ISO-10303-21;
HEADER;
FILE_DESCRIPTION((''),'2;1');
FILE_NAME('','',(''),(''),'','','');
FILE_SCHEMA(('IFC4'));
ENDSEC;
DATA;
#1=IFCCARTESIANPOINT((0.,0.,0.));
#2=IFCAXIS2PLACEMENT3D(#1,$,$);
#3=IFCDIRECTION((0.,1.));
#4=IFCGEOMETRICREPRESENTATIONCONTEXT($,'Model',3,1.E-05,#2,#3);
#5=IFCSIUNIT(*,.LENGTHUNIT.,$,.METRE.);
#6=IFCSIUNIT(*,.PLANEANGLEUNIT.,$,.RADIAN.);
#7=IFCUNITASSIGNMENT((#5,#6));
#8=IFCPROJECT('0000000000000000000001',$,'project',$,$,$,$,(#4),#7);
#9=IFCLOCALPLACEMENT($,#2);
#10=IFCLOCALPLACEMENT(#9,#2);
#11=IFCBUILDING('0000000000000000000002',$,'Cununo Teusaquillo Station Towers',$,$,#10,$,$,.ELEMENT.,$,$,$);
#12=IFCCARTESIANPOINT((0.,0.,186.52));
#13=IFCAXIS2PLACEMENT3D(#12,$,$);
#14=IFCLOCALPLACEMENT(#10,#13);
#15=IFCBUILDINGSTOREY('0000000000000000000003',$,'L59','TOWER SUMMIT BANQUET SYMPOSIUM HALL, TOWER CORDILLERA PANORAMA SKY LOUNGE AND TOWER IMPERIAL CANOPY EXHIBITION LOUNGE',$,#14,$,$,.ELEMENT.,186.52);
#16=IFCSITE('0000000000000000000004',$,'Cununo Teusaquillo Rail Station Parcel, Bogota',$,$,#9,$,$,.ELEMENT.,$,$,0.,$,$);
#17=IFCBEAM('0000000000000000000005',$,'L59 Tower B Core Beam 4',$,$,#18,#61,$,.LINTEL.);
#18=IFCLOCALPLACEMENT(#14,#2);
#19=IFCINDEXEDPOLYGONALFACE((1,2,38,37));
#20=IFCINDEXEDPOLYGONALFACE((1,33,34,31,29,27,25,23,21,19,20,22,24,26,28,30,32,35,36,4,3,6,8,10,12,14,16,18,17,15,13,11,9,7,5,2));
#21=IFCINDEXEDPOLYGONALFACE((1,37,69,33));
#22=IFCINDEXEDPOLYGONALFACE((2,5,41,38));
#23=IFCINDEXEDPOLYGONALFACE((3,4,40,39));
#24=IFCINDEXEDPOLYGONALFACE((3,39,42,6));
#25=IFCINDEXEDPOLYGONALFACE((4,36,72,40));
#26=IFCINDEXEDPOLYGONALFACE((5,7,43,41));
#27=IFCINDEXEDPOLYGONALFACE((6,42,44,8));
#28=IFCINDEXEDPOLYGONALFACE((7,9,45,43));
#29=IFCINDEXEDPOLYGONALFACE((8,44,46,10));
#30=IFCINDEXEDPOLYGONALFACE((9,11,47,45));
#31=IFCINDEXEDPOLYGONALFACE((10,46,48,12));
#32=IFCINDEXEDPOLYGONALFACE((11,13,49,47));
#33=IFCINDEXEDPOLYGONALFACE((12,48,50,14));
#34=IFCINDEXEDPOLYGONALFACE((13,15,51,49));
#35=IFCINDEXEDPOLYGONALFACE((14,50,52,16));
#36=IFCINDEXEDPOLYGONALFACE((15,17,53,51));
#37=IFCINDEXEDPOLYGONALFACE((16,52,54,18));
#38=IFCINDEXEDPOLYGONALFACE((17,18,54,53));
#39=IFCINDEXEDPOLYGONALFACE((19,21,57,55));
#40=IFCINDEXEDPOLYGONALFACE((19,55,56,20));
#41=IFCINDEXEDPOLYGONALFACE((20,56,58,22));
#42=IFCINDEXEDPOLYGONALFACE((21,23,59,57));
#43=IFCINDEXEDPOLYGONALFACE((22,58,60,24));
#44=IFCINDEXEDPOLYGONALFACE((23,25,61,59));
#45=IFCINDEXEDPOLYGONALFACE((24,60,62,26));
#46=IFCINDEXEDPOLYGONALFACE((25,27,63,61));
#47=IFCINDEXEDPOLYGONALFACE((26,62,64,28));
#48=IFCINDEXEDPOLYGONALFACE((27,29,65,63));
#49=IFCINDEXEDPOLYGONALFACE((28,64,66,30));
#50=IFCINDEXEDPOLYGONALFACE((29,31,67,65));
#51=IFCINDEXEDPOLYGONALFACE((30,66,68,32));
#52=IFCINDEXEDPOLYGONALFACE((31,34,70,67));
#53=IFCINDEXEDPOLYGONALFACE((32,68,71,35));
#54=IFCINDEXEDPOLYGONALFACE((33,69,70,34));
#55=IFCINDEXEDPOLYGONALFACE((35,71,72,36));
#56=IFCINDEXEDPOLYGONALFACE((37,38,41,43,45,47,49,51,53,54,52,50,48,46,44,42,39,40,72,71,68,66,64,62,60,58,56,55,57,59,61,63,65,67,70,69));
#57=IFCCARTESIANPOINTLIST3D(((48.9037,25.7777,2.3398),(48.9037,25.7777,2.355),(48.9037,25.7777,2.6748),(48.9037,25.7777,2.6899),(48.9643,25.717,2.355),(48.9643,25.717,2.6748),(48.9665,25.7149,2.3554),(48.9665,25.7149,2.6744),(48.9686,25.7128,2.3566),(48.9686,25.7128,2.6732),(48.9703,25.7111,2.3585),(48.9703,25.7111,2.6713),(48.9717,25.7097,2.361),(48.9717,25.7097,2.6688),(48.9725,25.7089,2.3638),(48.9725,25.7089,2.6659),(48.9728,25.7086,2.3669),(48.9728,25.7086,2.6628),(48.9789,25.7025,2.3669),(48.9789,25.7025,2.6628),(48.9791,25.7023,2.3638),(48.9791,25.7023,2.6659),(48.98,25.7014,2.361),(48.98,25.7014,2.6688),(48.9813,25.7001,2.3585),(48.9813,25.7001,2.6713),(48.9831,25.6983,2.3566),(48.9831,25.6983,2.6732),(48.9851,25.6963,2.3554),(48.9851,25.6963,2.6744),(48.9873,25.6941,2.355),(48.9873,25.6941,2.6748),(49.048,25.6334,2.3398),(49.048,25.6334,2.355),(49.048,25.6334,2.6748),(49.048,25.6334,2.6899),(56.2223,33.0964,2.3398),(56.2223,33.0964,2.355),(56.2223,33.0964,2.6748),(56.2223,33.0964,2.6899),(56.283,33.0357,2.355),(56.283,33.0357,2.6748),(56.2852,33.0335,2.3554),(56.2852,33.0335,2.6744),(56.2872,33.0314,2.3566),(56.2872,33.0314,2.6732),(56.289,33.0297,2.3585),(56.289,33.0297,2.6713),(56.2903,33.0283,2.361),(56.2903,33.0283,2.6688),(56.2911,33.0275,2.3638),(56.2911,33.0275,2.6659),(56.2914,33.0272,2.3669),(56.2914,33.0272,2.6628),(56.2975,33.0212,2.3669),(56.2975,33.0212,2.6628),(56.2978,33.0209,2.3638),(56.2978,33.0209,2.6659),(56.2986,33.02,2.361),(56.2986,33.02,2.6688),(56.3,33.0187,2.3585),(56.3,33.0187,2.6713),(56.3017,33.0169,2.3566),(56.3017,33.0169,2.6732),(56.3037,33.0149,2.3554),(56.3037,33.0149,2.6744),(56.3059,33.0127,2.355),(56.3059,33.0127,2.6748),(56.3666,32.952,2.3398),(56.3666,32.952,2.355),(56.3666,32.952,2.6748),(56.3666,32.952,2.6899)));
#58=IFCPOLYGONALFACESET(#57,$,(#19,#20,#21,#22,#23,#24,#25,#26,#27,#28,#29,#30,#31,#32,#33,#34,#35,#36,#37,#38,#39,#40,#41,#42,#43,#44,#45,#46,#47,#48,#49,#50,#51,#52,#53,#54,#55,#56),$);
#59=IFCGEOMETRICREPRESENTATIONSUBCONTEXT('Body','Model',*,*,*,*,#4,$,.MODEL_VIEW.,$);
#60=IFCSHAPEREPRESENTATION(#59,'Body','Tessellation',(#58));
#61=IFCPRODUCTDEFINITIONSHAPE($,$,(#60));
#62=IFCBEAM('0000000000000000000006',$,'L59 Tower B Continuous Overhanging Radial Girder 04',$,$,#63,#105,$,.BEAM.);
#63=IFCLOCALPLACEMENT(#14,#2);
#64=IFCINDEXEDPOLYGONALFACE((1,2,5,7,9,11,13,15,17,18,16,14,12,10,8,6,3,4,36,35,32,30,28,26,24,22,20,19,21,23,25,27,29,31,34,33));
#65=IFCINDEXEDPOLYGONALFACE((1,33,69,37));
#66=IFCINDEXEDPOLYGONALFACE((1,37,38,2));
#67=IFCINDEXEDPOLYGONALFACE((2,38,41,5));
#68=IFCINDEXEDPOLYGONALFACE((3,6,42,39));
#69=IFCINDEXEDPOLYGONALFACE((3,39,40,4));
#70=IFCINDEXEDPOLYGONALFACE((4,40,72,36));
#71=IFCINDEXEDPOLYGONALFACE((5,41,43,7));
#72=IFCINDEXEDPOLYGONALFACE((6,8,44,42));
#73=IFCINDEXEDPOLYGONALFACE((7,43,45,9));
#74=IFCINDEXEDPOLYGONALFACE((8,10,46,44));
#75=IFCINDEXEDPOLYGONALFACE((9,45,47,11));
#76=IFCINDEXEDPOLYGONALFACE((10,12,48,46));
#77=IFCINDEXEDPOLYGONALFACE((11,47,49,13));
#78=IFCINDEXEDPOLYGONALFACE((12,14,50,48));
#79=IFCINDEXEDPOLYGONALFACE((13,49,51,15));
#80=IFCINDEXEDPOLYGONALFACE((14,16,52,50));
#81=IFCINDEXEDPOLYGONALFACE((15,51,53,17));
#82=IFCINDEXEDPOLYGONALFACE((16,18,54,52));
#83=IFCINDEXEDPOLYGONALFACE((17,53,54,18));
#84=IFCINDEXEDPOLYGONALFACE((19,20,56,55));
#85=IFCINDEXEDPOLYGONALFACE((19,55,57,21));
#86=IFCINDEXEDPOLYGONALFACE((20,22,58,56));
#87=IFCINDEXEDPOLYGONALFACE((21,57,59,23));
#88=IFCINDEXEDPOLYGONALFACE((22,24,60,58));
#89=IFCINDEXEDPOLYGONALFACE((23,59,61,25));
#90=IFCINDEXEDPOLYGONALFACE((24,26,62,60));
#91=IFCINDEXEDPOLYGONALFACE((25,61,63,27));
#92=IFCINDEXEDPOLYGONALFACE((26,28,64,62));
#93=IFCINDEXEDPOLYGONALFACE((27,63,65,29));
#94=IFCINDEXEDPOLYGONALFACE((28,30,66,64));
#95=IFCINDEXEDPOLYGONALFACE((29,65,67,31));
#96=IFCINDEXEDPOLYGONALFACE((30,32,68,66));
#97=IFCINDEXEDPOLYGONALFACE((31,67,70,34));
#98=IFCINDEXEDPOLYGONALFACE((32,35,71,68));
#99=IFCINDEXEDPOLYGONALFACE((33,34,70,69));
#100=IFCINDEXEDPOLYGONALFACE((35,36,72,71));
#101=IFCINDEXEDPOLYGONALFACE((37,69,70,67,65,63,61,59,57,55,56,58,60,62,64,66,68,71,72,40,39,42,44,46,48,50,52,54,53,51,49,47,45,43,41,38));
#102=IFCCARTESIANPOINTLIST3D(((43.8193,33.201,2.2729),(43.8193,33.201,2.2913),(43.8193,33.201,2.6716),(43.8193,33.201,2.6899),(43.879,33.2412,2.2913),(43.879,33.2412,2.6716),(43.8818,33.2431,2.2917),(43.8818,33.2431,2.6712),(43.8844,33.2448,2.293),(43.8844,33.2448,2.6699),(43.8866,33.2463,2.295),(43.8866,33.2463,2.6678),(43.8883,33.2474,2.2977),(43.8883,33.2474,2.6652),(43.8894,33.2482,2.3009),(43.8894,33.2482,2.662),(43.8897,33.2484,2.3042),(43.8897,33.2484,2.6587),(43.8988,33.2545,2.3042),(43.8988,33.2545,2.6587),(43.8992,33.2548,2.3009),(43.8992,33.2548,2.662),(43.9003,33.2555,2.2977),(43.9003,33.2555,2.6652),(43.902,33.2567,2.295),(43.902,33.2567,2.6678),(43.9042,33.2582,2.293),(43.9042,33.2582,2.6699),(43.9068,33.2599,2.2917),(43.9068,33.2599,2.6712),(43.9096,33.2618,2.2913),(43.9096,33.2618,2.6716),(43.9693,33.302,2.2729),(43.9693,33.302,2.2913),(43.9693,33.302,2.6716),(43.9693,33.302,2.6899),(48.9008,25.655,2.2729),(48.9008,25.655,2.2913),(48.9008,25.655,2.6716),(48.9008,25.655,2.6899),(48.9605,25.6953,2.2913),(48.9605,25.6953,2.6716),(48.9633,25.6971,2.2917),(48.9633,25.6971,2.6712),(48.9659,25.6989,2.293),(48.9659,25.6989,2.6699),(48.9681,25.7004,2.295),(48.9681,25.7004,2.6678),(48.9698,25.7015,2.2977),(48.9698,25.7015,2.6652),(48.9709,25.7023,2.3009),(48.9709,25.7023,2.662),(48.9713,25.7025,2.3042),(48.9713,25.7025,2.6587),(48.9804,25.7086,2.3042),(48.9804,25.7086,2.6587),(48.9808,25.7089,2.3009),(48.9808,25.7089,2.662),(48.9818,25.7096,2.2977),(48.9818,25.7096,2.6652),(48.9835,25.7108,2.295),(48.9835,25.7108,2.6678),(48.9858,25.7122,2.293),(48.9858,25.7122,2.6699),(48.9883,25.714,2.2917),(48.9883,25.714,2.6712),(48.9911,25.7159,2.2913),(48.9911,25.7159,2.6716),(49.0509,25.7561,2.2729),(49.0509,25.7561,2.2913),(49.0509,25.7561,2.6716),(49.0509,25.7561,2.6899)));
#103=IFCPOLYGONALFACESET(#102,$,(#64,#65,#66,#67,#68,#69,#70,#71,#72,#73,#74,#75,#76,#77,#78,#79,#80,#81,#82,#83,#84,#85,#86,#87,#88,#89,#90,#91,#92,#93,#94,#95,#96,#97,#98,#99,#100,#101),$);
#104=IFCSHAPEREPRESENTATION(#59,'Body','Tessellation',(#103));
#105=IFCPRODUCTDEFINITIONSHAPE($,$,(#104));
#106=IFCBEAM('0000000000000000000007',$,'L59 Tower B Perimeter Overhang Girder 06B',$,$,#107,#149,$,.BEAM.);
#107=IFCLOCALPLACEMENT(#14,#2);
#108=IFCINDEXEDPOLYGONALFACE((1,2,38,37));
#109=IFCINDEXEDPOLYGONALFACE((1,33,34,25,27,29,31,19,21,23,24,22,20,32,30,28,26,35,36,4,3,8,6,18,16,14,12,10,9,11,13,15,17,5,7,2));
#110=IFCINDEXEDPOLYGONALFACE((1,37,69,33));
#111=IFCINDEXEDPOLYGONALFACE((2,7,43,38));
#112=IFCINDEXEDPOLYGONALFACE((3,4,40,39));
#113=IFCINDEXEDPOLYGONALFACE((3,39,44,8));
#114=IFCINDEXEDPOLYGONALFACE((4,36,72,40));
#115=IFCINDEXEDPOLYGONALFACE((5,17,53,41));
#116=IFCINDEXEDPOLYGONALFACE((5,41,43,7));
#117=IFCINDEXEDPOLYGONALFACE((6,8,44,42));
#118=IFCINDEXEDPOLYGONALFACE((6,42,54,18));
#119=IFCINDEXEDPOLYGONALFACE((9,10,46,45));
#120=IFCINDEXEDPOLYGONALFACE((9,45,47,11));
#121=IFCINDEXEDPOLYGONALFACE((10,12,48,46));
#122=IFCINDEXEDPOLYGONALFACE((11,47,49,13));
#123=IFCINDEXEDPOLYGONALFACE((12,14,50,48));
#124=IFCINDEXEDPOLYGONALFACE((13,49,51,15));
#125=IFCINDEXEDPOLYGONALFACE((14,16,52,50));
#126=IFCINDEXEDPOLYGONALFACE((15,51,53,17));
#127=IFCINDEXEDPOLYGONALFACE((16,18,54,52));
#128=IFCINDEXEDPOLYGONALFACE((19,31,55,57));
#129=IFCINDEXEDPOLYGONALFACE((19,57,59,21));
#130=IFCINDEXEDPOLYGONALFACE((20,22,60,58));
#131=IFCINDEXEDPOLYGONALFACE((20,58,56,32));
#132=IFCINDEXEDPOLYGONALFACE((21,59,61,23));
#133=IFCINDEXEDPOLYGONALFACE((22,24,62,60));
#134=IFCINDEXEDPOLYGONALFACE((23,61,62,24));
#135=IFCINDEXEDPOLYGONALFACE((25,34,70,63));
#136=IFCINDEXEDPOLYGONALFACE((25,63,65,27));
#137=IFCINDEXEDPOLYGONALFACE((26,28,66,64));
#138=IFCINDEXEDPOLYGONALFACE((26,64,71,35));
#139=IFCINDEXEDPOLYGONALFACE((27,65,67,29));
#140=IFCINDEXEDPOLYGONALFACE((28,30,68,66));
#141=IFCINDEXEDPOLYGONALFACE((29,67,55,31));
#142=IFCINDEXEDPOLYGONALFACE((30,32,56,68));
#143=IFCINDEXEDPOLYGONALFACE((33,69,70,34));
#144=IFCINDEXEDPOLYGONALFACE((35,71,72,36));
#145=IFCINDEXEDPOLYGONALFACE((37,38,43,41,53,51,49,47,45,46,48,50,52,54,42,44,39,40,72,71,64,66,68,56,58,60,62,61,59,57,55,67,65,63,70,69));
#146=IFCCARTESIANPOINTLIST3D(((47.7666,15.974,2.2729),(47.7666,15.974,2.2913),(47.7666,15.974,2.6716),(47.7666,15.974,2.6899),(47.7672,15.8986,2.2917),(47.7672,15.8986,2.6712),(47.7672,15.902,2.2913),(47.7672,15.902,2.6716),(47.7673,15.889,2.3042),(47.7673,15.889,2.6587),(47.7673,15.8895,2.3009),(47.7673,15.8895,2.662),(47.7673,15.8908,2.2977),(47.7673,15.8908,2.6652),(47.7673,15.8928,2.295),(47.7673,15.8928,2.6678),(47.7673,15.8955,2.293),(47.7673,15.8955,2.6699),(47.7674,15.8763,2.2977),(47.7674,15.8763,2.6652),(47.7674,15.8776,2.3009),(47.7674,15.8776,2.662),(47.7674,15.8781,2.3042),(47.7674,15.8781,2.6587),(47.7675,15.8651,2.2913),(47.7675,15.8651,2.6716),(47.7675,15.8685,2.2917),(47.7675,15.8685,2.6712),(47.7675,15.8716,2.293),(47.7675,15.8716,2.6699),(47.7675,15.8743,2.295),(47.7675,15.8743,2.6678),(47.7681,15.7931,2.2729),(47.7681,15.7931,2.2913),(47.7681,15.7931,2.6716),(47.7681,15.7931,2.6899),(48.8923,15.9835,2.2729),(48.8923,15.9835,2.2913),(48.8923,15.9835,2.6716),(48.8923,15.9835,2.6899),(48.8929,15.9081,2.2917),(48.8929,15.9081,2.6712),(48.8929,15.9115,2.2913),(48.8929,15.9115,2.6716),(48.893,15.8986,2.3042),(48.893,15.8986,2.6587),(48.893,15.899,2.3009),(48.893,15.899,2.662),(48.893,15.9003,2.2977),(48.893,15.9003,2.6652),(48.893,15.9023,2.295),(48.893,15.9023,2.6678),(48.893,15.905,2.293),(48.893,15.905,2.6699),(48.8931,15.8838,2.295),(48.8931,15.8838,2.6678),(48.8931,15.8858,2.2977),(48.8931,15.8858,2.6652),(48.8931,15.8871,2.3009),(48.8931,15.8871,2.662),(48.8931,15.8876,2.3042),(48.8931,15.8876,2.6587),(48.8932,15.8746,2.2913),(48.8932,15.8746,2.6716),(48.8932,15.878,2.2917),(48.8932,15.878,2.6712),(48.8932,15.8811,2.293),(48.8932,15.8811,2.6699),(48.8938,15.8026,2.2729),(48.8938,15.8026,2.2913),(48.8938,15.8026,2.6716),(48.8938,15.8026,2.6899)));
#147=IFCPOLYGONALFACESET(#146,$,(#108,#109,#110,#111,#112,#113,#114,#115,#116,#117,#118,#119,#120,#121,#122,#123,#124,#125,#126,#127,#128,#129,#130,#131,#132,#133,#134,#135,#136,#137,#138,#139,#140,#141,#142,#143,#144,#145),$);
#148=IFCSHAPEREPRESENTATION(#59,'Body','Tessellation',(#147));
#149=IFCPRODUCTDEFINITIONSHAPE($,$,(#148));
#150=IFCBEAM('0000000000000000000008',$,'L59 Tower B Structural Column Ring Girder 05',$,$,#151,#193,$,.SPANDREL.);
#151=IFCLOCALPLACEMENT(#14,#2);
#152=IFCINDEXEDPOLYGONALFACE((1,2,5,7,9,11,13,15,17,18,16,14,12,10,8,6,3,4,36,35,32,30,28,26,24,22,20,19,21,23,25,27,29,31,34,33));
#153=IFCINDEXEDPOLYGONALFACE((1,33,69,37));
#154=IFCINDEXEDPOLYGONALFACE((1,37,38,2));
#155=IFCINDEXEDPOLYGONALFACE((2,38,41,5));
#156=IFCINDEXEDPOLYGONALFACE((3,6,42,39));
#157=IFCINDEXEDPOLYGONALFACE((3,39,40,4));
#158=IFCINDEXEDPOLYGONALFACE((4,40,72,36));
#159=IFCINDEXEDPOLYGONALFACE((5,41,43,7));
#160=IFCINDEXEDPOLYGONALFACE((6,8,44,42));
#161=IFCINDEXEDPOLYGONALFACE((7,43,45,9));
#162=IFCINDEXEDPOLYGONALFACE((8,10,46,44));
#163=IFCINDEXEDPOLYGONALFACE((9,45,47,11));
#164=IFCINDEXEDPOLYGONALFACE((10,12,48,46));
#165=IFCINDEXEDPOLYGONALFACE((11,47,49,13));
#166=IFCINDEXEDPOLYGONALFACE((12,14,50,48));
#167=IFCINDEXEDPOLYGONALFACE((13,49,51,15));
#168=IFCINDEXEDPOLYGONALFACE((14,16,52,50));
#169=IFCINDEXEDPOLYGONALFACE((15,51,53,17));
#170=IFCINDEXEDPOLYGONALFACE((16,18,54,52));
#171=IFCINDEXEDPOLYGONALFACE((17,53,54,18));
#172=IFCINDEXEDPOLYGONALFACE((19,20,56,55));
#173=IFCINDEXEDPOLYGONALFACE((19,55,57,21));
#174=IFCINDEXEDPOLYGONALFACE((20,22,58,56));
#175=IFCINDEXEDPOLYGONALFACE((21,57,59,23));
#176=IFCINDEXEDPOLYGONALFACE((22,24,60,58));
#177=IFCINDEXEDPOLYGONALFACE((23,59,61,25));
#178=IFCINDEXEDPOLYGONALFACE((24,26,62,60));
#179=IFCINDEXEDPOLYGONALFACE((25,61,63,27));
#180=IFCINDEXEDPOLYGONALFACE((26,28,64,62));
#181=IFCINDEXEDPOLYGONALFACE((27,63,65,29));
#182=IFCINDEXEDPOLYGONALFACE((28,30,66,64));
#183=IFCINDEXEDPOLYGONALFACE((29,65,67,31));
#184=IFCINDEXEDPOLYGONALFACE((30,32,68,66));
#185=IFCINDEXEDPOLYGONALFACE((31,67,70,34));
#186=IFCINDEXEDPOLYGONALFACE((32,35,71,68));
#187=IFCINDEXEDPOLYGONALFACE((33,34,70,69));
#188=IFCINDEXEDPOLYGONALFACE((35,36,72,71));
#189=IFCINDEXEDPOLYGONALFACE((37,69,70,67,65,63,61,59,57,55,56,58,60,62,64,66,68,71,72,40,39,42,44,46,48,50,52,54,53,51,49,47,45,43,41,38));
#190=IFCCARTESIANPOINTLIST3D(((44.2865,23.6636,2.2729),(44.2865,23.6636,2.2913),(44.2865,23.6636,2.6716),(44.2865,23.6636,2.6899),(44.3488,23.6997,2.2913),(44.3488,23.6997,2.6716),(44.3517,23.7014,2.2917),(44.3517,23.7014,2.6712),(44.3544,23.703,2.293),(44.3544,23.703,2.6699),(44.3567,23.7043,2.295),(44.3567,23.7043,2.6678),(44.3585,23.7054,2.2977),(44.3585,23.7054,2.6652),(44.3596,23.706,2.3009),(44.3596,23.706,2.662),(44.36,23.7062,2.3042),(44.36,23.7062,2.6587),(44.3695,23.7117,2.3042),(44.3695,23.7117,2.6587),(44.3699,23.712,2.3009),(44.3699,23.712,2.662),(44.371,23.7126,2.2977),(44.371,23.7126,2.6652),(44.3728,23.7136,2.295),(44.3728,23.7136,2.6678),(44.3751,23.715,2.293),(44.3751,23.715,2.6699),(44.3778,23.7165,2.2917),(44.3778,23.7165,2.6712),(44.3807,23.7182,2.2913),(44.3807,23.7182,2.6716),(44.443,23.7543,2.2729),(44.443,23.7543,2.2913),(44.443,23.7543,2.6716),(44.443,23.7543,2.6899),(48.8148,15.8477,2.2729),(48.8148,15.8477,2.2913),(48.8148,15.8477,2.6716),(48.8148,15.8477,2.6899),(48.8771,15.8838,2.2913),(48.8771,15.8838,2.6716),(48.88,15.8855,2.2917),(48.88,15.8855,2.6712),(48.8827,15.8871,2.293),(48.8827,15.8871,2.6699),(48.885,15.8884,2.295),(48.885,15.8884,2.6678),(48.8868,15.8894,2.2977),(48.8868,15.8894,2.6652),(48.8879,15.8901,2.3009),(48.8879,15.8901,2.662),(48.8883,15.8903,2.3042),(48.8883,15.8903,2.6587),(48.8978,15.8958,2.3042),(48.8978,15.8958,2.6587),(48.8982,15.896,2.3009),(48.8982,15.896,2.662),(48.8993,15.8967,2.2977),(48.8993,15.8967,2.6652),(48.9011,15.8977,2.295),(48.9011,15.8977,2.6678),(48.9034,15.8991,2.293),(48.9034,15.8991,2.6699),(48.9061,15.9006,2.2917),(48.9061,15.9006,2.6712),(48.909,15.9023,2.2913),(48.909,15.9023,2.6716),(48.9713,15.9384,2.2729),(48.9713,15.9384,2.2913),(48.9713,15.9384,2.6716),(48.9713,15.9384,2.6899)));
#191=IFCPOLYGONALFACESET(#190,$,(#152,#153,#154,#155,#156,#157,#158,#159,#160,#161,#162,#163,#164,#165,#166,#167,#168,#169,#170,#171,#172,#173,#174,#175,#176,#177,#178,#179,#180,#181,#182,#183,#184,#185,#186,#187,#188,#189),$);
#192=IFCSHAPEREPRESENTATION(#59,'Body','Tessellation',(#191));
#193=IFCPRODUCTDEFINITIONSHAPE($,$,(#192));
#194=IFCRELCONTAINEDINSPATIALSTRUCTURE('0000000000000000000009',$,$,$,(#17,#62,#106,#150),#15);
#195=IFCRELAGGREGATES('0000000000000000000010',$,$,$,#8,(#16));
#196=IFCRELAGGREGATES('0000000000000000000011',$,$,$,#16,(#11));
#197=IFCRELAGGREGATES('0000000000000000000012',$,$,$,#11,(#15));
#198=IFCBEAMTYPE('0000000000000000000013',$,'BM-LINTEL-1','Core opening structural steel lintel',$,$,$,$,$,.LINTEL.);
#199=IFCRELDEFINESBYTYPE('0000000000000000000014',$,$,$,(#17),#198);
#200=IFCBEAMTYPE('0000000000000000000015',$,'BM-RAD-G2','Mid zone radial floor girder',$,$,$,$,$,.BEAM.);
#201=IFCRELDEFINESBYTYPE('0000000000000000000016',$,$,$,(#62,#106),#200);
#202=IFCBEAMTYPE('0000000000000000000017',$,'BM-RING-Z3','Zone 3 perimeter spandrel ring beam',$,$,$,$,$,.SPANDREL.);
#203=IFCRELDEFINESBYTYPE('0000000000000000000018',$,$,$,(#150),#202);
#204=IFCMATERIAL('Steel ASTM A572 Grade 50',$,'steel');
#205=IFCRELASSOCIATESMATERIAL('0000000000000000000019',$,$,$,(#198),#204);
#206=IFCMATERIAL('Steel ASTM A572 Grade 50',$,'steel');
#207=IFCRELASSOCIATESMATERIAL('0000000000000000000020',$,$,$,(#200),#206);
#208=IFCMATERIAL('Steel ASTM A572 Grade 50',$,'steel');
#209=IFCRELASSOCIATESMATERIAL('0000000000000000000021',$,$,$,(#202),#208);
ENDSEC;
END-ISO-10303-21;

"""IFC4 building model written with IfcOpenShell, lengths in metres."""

from ifc_helpers import new_model, si_unit, direction, frame, origin, origin_2d, place, context, subcontext, project, spatial, i_section, extrude, material, material_profile, profile_set, type_object, element, save


model = new_model("IFC4")

# Units and contexts
model_context = context("Model", 3, precision=1e-05, world=origin(), true_north=direction((0.0, 1.0)))
body_context = subcontext(model_context, "Body", "Model", "MODEL_VIEW")
ifc_project = project(units=[si_unit("LENGTHUNIT", "METRE"), si_unit("PLANEANGLEUNIT", "RADIAN")], contexts=[model_context])

# Site, building, storey
site_placement = place(None, origin())
site = spatial("IfcSite", under=ifc_project, at=site_placement, Name="Cununo Teusaquillo Rail Station Parcel, Bogota", CompositionType="ELEMENT", RefElevation=0.0)
building_placement = place(site_placement, origin())
building = spatial("IfcBuilding", under=site, at=building_placement, Name="Cununo Teusaquillo Station Towers", CompositionType="ELEMENT")
storey_placement = place(building_placement, frame((0.0, 0.0, 186.52)))
storey = spatial("IfcBuildingStorey", under=building, at=storey_placement, Name="L59", Description="TOWER SUMMIT BANQUET SYMPOSIUM HALL, TOWER CORDILLERA PANORAMA SKY LOUNGE AND TOWER IMPERIAL CANOPY EXHIBITION LOUNGE", CompositionType="ELEMENT", Elevation=186.52)

# Beams
ifc_material_1 = material(Name="Steel ASTM A572 Grade 50", Category="steel")
ifc_material_profile_1 = material_profile(ifc_material_1, i_section(OverallWidth=0.2041, OverallDepth=0.3501, WebThickness=0.0085, FlangeThickness=0.0151, FilletRadius=0.012, at=origin_2d()), Name="W14X48")
ifc_profile_set_1 = profile_set([ifc_material_profile_1], Name="Steel ASTM A572 Grade 50")
beam_type_1 = type_object("IfcBeamType", Name="BM-LINTEL-1", Description="Core opening structural steel lintel", PredefinedType="LINTEL", material=ifc_profile_set_1)
beam_1_placement = place(storey_placement, frame((48.9758, 25.7056, 2.5149), z_axis=(0.707107, 0.707107, 0.0), x_axis=(-0.707107, 0.707107, 0.0)))
element("IfcBeam", 1, at=beam_1_placement, inside=storey, type_object=beam_type_1, Name="L59 Tower B Core Beam 4", PredefinedType="LINTEL", context=body_context, shape_type="SweptSolid", body=[
    extrude(i_section(OverallWidth=0.2041, OverallDepth=0.3501, WebThickness=0.0085, FlangeThickness=0.0151, FilletRadius=0.012, at=origin_2d()), origin(), (0.0, 0.0, 1.0), 10.3501),
])
ifc_material_2 = material(Name="Steel ASTM A572 Grade 50", Category="steel")
ifc_material_profile_2 = material_profile(ifc_material_2, i_section(OverallWidth=0.1809, OverallDepth=0.417, WebThickness=0.011, FlangeThickness=0.0183, FilletRadius=0.0129, at=origin_2d()), Name="W16X57")
ifc_profile_set_2 = profile_set([ifc_material_profile_2], Name="Steel ASTM A572 Grade 50")
beam_type_2 = type_object("IfcBeamType", Name="BM-RAD-G2", Description="Mid zone radial floor girder", PredefinedType="BEAM", material=ifc_profile_set_2)
beam_2_placement = place(storey_placement, frame((48.9758, 25.7056, 2.4814), z_axis=(-0.558571, 0.829457, 0.0), x_axis=(-0.829457, -0.558571, 0.0)))
element("IfcBeam", 2, at=beam_2_placement, inside=storey, type_object=beam_type_2, Name="L59 Tower B Continuous Overhanging Radial Girder 04", PredefinedType="BEAM", context=body_context, shape_type="SweptSolid", body=[
    extrude(i_section(OverallWidth=0.1809, OverallDepth=0.417, WebThickness=0.011, FlangeThickness=0.0183, FilletRadius=0.0129, at=origin_2d()), origin(), (0.0, 0.0, 1.0), 9.0974),
])
beam_3_placement = place(storey_placement, frame((48.8931, 15.8931, 2.4814), z_axis=(-0.999964, -0.008458, 0.0), x_axis=(0.008458, -0.999964, 0.0)))
element("IfcBeam", 3, at=beam_3_placement, inside=storey, type_object=beam_type_2, Name="L59 Tower B Perimeter Overhang Girder 06B", PredefinedType="BEAM", context=body_context, shape_type="SweptSolid", body=[
    extrude(i_section(OverallWidth=0.1809, OverallDepth=0.417, WebThickness=0.011, FlangeThickness=0.0183, FilletRadius=0.0129, at=origin_2d()), origin(), (0.0, 0.0, 1.0), 1.1257),
])
ifc_material_3 = material(Name="Steel ASTM A572 Grade 50", Category="steel")
ifc_material_profile_3 = material_profile(ifc_material_3, i_section(OverallWidth=0.1809, OverallDepth=0.417, WebThickness=0.011, FlangeThickness=0.0183, FilletRadius=0.0129, at=origin_2d()), Name="W16X57")
ifc_profile_set_3 = profile_set([ifc_material_profile_3], Name="Steel ASTM A572 Grade 50")
beam_type_3 = type_object("IfcBeamType", Name="BM-RING-Z3", Description="Zone 3 perimeter spandrel ring beam", PredefinedType="SPANDREL", material=ifc_profile_set_3)
for number, where, z_axis, x_axis, name in (
    (4, (44.3647, 23.709, 2.4814), (0.501311, -0.865267, 0.0), (0.865267, 0.501311, 0.0), "L59 Tower B Structural Column Ring Girder 05"),
):
    element("IfcBeam", number, at=place(storey_placement, frame(where, z_axis=z_axis, x_axis=x_axis)), inside=storey, type_object=beam_type_3, Name=name, PredefinedType="SPANDREL", context=body_context, shape_type="SweptSolid", body=[
        extrude(i_section(OverallWidth=0.1809, OverallDepth=0.417, WebThickness=0.011, FlangeThickness=0.0183, FilletRadius=0.0129, at=origin_2d()), origin(), (0.0, 0.0, 1.0), 9.033),
    ])

save(model, "model.ifc")
